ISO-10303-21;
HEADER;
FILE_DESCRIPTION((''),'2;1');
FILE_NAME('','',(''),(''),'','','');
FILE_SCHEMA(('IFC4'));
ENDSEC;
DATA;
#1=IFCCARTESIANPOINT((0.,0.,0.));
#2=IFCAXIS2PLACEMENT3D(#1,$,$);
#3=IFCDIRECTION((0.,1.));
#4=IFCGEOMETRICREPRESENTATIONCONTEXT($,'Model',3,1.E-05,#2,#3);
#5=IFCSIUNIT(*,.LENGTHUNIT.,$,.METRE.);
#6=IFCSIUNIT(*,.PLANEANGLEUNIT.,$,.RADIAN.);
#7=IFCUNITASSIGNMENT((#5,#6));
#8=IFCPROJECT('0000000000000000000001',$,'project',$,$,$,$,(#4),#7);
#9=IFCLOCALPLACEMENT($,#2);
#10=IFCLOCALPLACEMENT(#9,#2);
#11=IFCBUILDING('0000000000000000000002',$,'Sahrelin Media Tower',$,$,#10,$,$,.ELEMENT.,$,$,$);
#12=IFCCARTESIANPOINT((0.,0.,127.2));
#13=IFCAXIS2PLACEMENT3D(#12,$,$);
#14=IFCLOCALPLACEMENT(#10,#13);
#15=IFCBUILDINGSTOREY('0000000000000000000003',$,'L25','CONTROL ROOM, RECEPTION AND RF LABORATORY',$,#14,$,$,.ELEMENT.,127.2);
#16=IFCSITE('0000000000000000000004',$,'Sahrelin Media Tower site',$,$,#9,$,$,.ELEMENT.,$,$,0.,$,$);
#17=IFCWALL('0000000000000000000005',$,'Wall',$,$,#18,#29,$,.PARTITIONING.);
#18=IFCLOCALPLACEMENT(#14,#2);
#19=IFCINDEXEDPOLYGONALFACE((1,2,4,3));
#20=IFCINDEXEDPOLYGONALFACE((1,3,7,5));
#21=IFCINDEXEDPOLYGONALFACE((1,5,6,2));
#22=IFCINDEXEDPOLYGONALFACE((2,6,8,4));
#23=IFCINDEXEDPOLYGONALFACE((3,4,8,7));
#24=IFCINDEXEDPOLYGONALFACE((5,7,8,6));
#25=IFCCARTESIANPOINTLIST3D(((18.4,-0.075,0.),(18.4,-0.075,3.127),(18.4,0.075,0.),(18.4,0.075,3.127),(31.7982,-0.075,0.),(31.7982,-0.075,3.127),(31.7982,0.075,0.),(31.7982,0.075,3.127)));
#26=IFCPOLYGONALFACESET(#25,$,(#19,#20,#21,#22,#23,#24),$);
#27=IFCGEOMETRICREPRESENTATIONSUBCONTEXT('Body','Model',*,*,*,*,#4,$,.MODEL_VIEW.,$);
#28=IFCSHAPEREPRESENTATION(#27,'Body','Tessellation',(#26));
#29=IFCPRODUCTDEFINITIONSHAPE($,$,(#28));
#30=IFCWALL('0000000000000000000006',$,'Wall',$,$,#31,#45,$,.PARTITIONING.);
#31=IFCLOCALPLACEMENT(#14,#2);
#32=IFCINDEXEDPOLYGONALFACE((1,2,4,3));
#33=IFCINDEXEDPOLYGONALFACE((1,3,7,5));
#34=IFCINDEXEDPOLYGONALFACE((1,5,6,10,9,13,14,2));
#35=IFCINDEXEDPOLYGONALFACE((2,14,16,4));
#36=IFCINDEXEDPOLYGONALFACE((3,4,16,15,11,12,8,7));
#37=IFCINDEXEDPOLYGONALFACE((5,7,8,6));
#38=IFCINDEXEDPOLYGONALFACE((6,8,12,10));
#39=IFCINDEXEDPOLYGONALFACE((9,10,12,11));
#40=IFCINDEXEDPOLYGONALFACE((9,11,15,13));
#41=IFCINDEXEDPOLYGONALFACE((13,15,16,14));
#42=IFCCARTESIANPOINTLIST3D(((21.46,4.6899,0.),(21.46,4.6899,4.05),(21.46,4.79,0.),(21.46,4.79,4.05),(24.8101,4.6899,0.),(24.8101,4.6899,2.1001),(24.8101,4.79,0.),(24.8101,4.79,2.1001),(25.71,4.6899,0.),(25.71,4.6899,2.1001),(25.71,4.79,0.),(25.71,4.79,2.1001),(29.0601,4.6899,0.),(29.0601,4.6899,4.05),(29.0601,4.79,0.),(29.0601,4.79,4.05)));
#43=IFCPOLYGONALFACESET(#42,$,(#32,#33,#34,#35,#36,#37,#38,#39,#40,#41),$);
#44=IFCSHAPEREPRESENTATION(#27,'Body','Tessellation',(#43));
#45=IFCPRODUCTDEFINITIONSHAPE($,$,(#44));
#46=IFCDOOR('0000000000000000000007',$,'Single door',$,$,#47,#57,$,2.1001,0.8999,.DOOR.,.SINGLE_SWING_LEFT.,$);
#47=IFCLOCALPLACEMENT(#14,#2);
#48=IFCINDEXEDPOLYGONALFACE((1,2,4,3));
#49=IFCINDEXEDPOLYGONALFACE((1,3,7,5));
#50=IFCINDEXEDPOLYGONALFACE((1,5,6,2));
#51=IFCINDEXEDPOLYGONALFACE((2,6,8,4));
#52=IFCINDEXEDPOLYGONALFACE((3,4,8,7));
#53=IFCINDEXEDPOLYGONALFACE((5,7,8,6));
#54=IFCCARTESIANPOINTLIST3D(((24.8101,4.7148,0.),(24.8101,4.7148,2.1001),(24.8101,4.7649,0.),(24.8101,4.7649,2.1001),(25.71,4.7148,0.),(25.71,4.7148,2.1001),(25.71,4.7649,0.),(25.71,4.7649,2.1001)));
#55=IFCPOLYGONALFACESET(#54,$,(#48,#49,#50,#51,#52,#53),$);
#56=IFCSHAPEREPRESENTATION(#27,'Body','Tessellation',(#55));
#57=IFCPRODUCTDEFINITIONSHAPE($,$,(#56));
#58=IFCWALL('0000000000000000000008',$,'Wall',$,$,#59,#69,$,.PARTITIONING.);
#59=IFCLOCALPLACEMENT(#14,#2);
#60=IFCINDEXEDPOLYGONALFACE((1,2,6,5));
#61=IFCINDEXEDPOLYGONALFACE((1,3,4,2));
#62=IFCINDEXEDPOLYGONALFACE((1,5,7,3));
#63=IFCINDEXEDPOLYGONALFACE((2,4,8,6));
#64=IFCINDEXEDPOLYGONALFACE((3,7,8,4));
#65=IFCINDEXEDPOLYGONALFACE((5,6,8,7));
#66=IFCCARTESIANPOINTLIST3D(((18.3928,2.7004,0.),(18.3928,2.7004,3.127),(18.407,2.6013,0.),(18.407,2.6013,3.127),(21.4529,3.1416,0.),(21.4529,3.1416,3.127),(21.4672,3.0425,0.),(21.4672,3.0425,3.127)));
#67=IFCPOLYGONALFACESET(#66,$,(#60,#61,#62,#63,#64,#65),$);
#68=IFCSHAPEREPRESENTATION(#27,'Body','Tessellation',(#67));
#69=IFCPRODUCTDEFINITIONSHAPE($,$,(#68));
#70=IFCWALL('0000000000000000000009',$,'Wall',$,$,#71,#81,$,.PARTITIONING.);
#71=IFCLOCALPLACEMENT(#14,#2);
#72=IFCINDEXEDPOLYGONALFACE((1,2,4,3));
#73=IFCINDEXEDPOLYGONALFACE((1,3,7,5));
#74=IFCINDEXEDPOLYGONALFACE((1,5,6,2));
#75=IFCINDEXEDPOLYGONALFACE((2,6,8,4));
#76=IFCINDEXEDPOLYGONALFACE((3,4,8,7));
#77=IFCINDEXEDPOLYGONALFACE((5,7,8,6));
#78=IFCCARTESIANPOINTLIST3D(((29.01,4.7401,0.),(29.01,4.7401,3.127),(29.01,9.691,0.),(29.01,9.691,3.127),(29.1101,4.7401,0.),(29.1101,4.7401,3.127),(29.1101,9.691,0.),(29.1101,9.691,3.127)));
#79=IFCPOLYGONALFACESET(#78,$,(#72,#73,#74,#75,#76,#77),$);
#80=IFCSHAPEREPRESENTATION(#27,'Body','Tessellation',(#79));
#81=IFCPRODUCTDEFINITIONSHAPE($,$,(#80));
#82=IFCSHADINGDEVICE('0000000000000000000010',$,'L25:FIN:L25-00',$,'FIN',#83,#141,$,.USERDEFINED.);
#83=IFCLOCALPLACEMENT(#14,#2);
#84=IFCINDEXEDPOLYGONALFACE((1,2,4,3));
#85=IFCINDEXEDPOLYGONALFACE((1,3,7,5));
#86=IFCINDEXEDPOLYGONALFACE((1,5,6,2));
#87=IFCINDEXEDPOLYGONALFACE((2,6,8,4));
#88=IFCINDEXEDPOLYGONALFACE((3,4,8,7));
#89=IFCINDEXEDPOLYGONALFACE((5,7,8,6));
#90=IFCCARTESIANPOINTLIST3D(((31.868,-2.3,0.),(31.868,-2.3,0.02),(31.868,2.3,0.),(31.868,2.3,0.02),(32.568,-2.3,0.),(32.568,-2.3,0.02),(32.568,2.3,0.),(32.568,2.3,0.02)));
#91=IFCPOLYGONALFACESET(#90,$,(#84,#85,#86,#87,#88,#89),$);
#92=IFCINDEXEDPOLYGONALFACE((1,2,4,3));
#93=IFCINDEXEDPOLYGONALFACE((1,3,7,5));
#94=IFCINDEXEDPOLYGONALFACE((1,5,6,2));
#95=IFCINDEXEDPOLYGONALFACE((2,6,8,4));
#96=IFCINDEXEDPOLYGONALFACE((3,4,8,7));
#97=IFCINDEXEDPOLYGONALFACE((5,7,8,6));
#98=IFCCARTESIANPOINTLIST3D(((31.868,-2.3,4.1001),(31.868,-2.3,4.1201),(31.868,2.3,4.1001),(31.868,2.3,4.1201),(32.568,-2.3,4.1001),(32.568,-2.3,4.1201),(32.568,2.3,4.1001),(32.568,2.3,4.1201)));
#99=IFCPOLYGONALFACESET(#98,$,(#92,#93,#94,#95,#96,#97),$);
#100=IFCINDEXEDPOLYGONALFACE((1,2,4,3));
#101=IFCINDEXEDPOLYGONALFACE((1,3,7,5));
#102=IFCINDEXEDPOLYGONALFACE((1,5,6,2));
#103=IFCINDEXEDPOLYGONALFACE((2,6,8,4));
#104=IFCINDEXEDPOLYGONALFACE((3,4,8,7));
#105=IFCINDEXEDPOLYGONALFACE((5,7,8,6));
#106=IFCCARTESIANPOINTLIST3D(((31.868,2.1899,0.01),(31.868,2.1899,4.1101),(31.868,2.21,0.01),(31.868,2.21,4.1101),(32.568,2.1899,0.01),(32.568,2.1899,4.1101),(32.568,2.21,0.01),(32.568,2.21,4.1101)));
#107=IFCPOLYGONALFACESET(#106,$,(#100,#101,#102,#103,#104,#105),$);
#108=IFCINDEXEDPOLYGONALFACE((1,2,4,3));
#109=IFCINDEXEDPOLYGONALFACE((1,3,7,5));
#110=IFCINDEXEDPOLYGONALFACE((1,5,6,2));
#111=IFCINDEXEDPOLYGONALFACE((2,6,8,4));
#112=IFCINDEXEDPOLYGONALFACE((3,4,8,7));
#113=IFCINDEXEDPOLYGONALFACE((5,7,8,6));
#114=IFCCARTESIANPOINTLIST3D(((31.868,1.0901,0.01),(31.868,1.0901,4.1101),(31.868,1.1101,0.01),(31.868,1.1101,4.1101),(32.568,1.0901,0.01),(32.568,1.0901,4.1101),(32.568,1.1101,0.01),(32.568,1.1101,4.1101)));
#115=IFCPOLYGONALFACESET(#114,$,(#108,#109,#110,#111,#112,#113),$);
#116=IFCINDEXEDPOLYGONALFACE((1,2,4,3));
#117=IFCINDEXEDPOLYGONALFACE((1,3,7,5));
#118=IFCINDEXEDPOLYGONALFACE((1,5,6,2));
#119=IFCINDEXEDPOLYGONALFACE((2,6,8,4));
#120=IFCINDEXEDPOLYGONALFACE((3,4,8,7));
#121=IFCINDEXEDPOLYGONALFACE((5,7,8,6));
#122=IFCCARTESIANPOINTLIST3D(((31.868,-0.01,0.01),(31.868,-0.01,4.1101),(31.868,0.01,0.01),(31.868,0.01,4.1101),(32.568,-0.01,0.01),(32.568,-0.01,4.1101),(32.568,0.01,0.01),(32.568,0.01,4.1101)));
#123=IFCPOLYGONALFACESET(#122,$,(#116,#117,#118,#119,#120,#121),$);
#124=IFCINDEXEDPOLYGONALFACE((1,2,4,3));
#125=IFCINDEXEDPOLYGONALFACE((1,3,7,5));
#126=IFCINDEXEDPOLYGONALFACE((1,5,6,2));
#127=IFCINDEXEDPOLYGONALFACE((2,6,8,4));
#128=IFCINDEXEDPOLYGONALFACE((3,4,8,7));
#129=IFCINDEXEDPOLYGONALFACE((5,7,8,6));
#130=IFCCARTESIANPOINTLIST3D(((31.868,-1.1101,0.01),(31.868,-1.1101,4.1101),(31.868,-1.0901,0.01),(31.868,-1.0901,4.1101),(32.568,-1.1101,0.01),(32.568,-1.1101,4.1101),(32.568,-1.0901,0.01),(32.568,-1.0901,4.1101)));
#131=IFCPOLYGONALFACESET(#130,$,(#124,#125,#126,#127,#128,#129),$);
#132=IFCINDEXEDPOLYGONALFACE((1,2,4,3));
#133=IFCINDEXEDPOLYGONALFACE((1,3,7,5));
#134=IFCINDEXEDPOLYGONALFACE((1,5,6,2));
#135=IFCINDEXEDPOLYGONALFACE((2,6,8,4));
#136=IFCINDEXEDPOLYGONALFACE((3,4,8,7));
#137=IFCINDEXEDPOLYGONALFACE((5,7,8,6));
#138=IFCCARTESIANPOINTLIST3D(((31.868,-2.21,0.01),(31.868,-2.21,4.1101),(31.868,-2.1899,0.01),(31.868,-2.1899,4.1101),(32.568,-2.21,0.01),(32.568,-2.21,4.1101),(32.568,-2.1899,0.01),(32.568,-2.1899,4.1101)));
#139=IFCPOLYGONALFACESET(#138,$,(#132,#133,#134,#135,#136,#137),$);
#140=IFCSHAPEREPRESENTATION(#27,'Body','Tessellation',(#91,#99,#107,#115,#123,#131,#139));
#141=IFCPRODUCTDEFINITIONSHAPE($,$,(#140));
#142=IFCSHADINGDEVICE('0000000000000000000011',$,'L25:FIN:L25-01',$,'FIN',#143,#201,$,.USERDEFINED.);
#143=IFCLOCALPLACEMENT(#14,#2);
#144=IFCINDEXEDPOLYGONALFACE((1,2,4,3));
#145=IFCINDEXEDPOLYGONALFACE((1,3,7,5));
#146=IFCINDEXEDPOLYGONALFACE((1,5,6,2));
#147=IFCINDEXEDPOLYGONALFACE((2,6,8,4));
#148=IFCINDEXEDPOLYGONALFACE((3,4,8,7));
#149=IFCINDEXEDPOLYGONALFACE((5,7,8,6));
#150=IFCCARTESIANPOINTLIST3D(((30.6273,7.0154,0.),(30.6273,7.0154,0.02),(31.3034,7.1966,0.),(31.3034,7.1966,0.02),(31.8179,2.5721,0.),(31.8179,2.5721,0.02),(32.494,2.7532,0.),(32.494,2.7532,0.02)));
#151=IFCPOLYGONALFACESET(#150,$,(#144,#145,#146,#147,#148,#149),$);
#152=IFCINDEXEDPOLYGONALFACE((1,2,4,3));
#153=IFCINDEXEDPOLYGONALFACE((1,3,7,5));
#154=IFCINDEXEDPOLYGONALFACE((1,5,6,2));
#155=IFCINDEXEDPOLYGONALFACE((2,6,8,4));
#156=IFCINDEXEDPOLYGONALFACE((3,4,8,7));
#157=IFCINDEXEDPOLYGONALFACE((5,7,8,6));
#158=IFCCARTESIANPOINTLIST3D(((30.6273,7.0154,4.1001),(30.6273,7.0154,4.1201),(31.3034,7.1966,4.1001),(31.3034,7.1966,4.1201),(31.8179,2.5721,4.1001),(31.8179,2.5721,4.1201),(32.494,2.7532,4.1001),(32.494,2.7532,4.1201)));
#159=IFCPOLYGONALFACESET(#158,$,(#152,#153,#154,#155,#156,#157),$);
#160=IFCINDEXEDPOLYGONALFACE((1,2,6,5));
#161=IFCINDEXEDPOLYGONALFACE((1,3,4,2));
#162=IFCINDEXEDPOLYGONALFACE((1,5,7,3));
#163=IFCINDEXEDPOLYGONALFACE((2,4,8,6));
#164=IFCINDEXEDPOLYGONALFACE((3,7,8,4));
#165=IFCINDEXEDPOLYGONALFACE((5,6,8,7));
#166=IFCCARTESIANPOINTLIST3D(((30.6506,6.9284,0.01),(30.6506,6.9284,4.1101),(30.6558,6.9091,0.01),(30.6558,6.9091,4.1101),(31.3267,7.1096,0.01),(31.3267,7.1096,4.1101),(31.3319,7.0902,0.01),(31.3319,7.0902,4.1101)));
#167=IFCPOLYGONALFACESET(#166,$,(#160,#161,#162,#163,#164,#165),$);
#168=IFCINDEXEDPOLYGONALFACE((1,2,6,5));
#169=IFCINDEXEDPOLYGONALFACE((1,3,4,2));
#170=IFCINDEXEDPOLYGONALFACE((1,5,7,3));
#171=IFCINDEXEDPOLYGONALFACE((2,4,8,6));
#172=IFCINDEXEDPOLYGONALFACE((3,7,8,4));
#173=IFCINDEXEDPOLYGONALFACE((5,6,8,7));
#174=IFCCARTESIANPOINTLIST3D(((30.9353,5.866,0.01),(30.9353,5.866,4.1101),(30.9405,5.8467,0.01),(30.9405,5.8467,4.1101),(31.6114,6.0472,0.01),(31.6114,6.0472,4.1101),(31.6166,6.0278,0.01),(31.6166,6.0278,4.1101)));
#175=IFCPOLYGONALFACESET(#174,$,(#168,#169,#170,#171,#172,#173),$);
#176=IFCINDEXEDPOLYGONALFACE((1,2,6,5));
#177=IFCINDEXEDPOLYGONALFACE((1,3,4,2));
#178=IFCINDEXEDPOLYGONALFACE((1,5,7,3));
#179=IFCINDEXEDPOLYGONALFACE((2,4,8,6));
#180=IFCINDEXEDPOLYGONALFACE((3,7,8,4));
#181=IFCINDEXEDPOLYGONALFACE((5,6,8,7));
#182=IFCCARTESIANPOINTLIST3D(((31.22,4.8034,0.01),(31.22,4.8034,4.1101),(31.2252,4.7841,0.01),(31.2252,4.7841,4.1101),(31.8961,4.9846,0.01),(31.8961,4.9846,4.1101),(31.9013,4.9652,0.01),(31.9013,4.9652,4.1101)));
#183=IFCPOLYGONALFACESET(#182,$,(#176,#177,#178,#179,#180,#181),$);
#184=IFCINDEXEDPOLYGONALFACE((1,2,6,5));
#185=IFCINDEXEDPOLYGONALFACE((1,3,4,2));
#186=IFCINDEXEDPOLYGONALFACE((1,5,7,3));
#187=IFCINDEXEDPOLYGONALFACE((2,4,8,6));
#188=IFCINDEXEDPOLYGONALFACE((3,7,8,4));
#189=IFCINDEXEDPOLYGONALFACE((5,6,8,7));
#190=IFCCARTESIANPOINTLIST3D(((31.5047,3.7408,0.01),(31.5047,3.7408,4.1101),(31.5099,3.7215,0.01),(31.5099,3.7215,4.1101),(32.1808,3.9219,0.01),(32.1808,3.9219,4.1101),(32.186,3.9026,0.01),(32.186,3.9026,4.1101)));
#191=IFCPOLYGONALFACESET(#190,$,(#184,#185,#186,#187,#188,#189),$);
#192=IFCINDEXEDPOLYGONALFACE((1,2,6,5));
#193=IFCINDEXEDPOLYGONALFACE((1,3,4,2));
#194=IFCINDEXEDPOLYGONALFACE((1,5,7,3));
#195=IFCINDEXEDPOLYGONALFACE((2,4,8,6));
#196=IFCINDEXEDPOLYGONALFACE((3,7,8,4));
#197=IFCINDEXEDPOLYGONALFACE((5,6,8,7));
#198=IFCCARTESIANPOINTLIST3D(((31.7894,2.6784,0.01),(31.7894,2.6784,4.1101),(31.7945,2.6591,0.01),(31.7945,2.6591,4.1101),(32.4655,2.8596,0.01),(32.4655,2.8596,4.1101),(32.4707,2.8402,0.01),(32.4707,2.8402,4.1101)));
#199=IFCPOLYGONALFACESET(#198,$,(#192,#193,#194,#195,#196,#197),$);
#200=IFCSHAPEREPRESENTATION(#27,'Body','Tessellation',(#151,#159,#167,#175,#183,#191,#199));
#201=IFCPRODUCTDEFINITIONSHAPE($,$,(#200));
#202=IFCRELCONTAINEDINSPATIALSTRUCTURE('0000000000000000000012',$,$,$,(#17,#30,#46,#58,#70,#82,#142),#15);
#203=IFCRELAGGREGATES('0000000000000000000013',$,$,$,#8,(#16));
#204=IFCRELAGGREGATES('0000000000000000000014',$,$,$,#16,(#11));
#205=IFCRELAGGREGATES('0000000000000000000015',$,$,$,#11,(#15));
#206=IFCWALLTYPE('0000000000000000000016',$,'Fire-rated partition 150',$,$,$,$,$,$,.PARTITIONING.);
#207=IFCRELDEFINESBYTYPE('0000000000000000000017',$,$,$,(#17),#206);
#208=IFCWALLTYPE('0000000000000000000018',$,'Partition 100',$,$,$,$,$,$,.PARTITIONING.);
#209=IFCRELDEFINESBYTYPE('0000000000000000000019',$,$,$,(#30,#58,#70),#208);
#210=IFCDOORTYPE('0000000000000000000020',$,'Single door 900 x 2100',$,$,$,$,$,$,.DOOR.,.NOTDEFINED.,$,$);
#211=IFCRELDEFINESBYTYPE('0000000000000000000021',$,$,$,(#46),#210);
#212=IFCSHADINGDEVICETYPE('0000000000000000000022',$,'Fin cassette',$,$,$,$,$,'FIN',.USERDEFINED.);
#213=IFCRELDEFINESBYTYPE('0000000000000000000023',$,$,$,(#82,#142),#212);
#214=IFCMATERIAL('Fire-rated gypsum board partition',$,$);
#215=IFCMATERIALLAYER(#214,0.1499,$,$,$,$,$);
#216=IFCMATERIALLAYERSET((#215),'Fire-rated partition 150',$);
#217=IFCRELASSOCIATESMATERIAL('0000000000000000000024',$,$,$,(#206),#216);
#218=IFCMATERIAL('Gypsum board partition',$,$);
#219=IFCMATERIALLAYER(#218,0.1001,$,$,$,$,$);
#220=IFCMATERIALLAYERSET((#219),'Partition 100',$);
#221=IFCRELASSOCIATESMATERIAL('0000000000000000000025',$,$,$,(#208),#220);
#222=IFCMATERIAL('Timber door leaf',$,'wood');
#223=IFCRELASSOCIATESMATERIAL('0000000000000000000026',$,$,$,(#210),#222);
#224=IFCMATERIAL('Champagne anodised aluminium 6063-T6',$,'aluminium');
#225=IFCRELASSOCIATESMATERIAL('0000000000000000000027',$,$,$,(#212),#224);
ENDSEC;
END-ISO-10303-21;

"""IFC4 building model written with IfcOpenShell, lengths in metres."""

from ifc_helpers import new_model, si_unit, direction, frame, frame_2d, origin, origin_2d, place, context, subcontext, project, spatial, rectangle, extrude, material, layer, layer_set, type_object, element, fill, save


model = new_model("IFC4")

# Units and contexts
model_context = context("Model", 3, precision=1e-05, world=origin(), true_north=direction((0.0, 1.0)))
body_context = subcontext(model_context, "Body", "Model", "MODEL_VIEW")
ifc_project = project(units=[si_unit("LENGTHUNIT", "METRE"), si_unit("PLANEANGLEUNIT", "RADIAN")], contexts=[model_context])

# Site, building, storey
site_placement = place(None, origin())
site = spatial("IfcSite", under=ifc_project, at=site_placement, Name="Sahrelin Media Tower site", CompositionType="ELEMENT", RefElevation=0.0)
building_placement = place(site_placement, origin())
building = spatial("IfcBuilding", under=site, at=building_placement, Name="Sahrelin Media Tower", CompositionType="ELEMENT")
storey_placement = place(building_placement, frame((0.0, 0.0, 127.2)))
storey = spatial("IfcBuildingStorey", under=building, at=storey_placement, Name="L25", Description="CONTROL ROOM, RECEPTION AND RF LABORATORY", CompositionType="ELEMENT", Elevation=127.2)

# Shared definitions
ifc_material_1 = material(Name="Champagne anodised aluminium 6063-T6", Category="aluminium")

# Wall
ifc_material_2 = material(Name="Fire-rated gypsum board partition")
ifc_layer_1 = layer(ifc_material_2, 0.1499)
ifc_layer_set_1 = layer_set([ifc_layer_1], Name="Fire-rated partition 150")
wall_type_1 = type_object("IfcWallType", Name="Fire-rated partition 150", PredefinedType="PARTITIONING", material=ifc_layer_set_1)
wall_1_placement = place(storey_placement, frame((18.3999, 0.0, 0.0), z_axis=(0.0, 0.0, 1.0), x_axis=(1.0, 0.0, 0.0)))
element("IfcWall", 1, at=wall_1_placement, inside=storey, type_object=wall_type_1, Name="Wall", PredefinedType="PARTITIONING", context=body_context, shape_type="SweptSolid", body=[
    extrude(rectangle(XDim=13.3982, YDim=0.1499, at=frame_2d((6.6992, 0.0))), origin(), (0.0, 0.0, 1.0), 3.127),
])

# Wall, opening, door
ifc_material_3 = material(Name="Gypsum board partition")
ifc_layer_2 = layer(ifc_material_3, 0.1001)
ifc_layer_set_2 = layer_set([ifc_layer_2], Name="Partition 100")
wall_type_2 = type_object("IfcWallType", Name="Partition 100", PredefinedType="PARTITIONING", material=ifc_layer_set_2)
wall_2_placement = place(storey_placement, frame((21.46, 4.74, 0.0), z_axis=(0.0, 0.0, 1.0), x_axis=(1.0, 0.0, 0.0)))
wall_2 = element("IfcWall", 2, at=wall_2_placement, inside=storey, type_object=wall_type_2, Name="Wall", PredefinedType="PARTITIONING", context=body_context, shape_type="SweptSolid", body=[
    extrude(rectangle(XDim=7.6001, YDim=0.1001, at=frame_2d((3.8, 0.0))), origin(), (0.0, 0.0, 1.0), 4.05),
])
opening_placement = place(wall_2_placement, frame((3.3501, 0.0, 0.0)))
opening = element("IfcOpeningElement", 3, at=opening_placement, cuts=wall_2, PredefinedType="OPENING", context=body_context, shape_type="SweptSolid", body=[
    extrude(rectangle(XDim=0.8999, YDim=2.1001, at=frame_2d((0.45, 1.05))), frame((0.0, 0.05, 0.0), z_axis=(0.0, -1.0, 0.0), x_axis=(1.0, 0.0, 0.0)), (0.0, 0.0, 1.0), 0.1001),
])
ifc_material_4 = material(Name="Timber door leaf", Category="wood")
door_type = type_object("IfcDoorType", Name="Single door 900 x 2100", OperationType="NOTDEFINED", PredefinedType="DOOR", material=ifc_material_4)
door_placement = place(opening_placement, origin())
door = element("IfcDoor", 4, at=door_placement, inside=storey, type_object=door_type, Name="Single door", OperationType="SINGLE_SWING_LEFT", OverallHeight=2.1001, OverallWidth=0.8999, PredefinedType="DOOR", context=body_context, shape_type="SweptSolid", body=[
    extrude(rectangle(XDim=0.8999, YDim=2.1001, at=frame_2d((0.45, 1.05))), frame((0.0, 0.0249, 0.0), z_axis=(0.0, -1.0, 0.0), x_axis=(1.0, 0.0, 0.0)), (0.0, 0.0, 1.0), 0.05),
])
fill(opening, door)

# Walls
wall_3_placement = place(storey_placement, frame((18.3999, 2.6509, 0.0), z_axis=(0.0, 0.0, 1.0), x_axis=(0.989767, 0.142693, 0.0)))
element("IfcWall", 5, at=wall_3_placement, inside=storey, type_object=wall_type_2, Name="Wall", PredefinedType="PARTITIONING", context=body_context, shape_type="SweptSolid", body=[
    extrude(rectangle(XDim=3.0918, YDim=0.1001, at=frame_2d((1.5459, 0.0))), origin(), (0.0, 0.0, 1.0), 3.127),
])
wall_4_placement = place(storey_placement, frame((29.0601, 4.74, 0.0), z_axis=(0.0, 0.0, 1.0), x_axis=(0.0, 1.0, 0.0)))
element("IfcWall", 6, at=wall_4_placement, inside=storey, type_object=wall_type_2, Name="Wall", PredefinedType="PARTITIONING", context=body_context, shape_type="SweptSolid", body=[
    extrude(rectangle(XDim=4.9509, YDim=0.1001, at=frame_2d((2.4756, 0.0))), origin(), (0.0, 0.0, 1.0), 3.127),
])

# Shading devices
shading_device_type_1 = type_object("IfcShadingDeviceType", Name="Fin cassette", ElementType="FIN", PredefinedType="USERDEFINED", material=ifc_material_1)
placement_1 = place(storey_placement, frame((31.7981, 0.0, 0.0), z_axis=(0.0, 0.0, 1.0), x_axis=(0.0, -1.0, 0.0)))
element("IfcShadingDevice", 7, at=placement_1, inside=storey, type_object=shading_device_type_1, Name="L25:FIN:L25-00", ObjectType="FIN", PredefinedType="USERDEFINED", context=body_context, shape_type="SweptSolid", body=[
    extrude(rectangle(XDim=4.6001, YDim=0.7, at=origin_2d()), frame((0.0, 0.4199, 0.0)), (0.0, 0.0, 1.0), 0.02),
    extrude(rectangle(XDim=4.6001, YDim=0.7, at=origin_2d()), frame((0.0, 0.4199, 4.1001)), (0.0, 0.0, 1.0), 0.02),
    extrude(rectangle(XDim=0.02, YDim=0.7, at=origin_2d()), frame((-2.2, 0.4199, 0.01), z_axis=(0.0, 0.0, 1.0), x_axis=(1.0, 0.0, 0.0)), (0.0, 0.0, 1.0), 4.1001),
    extrude(rectangle(XDim=0.02, YDim=0.7, at=origin_2d()), frame((-1.1001, 0.4199, 0.01), z_axis=(0.0, 0.0, 1.0), x_axis=(1.0, 0.0, 0.0)), (0.0, 0.0, 1.0), 4.1001),
    extrude(rectangle(XDim=0.02, YDim=0.7, at=origin_2d()), frame((0.0, 0.4199, 0.01), z_axis=(0.0, 0.0, 1.0), x_axis=(1.0, 0.0, 0.0)), (0.0, 0.0, 1.0), 4.1001),
    extrude(rectangle(XDim=0.02, YDim=0.7, at=origin_2d()), frame((1.1001, 0.4199, 0.01), z_axis=(0.0, 0.0, 1.0), x_axis=(1.0, 0.0, 0.0)), (0.0, 0.0, 1.0), 4.1001),
    extrude(rectangle(XDim=0.02, YDim=0.7, at=origin_2d()), frame((2.2, 0.4199, 0.01), z_axis=(0.0, 0.0, 1.0), x_axis=(1.0, 0.0, 0.0)), (0.0, 0.0, 1.0), 4.1001),
])
placement_2 = place(storey_placement, frame((31.155, 4.7756, 0.0), z_axis=(0.0, 0.0, 1.0), x_axis=(0.258808, -0.965929, 0.0)))
element("IfcShadingDevice", 8, at=placement_2, inside=storey, type_object=shading_device_type_1, Name="L25:FIN:L25-01", ObjectType="FIN", PredefinedType="USERDEFINED", context=body_context, shape_type="SweptSolid", body=[
    extrude(rectangle(XDim=4.6001, YDim=0.7, at=origin_2d()), frame((0.0, 0.4199, 0.0)), (0.0, 0.0, 1.0), 0.02),
    extrude(rectangle(XDim=4.6001, YDim=0.7, at=origin_2d()), frame((0.0, 0.4199, 4.1001)), (0.0, 0.0, 1.0), 0.02),
    extrude(rectangle(XDim=0.02, YDim=0.7, at=origin_2d()), frame((-2.2, 0.4199, 0.01), z_axis=(0.0, 0.0, 1.0), x_axis=(1.0, 0.0, 0.0)), (0.0, 0.0, 1.0), 4.1001),
    extrude(rectangle(XDim=0.02, YDim=0.7, at=origin_2d()), frame((-1.1001, 0.4199, 0.01), z_axis=(0.0, 0.0, 1.0), x_axis=(1.0, 0.0, 0.0)), (0.0, 0.0, 1.0), 4.1001),
    extrude(rectangle(XDim=0.02, YDim=0.7, at=origin_2d()), frame((0.0, 0.4199, 0.01), z_axis=(0.0, 0.0, 1.0), x_axis=(1.0, 0.0, 0.0)), (0.0, 0.0, 1.0), 4.1001),
    extrude(rectangle(XDim=0.02, YDim=0.7, at=origin_2d()), frame((1.1001, 0.4199, 0.01), z_axis=(0.0, 0.0, 1.0), x_axis=(1.0, 0.0, 0.0)), (0.0, 0.0, 1.0), 4.1001),
    extrude(rectangle(XDim=0.02, YDim=0.7, at=origin_2d()), frame((2.2, 0.4199, 0.01), z_axis=(0.0, 0.0, 1.0), x_axis=(1.0, 0.0, 0.0)), (0.0, 0.0, 1.0), 4.1001),
])

save(model, "model.ifc")
